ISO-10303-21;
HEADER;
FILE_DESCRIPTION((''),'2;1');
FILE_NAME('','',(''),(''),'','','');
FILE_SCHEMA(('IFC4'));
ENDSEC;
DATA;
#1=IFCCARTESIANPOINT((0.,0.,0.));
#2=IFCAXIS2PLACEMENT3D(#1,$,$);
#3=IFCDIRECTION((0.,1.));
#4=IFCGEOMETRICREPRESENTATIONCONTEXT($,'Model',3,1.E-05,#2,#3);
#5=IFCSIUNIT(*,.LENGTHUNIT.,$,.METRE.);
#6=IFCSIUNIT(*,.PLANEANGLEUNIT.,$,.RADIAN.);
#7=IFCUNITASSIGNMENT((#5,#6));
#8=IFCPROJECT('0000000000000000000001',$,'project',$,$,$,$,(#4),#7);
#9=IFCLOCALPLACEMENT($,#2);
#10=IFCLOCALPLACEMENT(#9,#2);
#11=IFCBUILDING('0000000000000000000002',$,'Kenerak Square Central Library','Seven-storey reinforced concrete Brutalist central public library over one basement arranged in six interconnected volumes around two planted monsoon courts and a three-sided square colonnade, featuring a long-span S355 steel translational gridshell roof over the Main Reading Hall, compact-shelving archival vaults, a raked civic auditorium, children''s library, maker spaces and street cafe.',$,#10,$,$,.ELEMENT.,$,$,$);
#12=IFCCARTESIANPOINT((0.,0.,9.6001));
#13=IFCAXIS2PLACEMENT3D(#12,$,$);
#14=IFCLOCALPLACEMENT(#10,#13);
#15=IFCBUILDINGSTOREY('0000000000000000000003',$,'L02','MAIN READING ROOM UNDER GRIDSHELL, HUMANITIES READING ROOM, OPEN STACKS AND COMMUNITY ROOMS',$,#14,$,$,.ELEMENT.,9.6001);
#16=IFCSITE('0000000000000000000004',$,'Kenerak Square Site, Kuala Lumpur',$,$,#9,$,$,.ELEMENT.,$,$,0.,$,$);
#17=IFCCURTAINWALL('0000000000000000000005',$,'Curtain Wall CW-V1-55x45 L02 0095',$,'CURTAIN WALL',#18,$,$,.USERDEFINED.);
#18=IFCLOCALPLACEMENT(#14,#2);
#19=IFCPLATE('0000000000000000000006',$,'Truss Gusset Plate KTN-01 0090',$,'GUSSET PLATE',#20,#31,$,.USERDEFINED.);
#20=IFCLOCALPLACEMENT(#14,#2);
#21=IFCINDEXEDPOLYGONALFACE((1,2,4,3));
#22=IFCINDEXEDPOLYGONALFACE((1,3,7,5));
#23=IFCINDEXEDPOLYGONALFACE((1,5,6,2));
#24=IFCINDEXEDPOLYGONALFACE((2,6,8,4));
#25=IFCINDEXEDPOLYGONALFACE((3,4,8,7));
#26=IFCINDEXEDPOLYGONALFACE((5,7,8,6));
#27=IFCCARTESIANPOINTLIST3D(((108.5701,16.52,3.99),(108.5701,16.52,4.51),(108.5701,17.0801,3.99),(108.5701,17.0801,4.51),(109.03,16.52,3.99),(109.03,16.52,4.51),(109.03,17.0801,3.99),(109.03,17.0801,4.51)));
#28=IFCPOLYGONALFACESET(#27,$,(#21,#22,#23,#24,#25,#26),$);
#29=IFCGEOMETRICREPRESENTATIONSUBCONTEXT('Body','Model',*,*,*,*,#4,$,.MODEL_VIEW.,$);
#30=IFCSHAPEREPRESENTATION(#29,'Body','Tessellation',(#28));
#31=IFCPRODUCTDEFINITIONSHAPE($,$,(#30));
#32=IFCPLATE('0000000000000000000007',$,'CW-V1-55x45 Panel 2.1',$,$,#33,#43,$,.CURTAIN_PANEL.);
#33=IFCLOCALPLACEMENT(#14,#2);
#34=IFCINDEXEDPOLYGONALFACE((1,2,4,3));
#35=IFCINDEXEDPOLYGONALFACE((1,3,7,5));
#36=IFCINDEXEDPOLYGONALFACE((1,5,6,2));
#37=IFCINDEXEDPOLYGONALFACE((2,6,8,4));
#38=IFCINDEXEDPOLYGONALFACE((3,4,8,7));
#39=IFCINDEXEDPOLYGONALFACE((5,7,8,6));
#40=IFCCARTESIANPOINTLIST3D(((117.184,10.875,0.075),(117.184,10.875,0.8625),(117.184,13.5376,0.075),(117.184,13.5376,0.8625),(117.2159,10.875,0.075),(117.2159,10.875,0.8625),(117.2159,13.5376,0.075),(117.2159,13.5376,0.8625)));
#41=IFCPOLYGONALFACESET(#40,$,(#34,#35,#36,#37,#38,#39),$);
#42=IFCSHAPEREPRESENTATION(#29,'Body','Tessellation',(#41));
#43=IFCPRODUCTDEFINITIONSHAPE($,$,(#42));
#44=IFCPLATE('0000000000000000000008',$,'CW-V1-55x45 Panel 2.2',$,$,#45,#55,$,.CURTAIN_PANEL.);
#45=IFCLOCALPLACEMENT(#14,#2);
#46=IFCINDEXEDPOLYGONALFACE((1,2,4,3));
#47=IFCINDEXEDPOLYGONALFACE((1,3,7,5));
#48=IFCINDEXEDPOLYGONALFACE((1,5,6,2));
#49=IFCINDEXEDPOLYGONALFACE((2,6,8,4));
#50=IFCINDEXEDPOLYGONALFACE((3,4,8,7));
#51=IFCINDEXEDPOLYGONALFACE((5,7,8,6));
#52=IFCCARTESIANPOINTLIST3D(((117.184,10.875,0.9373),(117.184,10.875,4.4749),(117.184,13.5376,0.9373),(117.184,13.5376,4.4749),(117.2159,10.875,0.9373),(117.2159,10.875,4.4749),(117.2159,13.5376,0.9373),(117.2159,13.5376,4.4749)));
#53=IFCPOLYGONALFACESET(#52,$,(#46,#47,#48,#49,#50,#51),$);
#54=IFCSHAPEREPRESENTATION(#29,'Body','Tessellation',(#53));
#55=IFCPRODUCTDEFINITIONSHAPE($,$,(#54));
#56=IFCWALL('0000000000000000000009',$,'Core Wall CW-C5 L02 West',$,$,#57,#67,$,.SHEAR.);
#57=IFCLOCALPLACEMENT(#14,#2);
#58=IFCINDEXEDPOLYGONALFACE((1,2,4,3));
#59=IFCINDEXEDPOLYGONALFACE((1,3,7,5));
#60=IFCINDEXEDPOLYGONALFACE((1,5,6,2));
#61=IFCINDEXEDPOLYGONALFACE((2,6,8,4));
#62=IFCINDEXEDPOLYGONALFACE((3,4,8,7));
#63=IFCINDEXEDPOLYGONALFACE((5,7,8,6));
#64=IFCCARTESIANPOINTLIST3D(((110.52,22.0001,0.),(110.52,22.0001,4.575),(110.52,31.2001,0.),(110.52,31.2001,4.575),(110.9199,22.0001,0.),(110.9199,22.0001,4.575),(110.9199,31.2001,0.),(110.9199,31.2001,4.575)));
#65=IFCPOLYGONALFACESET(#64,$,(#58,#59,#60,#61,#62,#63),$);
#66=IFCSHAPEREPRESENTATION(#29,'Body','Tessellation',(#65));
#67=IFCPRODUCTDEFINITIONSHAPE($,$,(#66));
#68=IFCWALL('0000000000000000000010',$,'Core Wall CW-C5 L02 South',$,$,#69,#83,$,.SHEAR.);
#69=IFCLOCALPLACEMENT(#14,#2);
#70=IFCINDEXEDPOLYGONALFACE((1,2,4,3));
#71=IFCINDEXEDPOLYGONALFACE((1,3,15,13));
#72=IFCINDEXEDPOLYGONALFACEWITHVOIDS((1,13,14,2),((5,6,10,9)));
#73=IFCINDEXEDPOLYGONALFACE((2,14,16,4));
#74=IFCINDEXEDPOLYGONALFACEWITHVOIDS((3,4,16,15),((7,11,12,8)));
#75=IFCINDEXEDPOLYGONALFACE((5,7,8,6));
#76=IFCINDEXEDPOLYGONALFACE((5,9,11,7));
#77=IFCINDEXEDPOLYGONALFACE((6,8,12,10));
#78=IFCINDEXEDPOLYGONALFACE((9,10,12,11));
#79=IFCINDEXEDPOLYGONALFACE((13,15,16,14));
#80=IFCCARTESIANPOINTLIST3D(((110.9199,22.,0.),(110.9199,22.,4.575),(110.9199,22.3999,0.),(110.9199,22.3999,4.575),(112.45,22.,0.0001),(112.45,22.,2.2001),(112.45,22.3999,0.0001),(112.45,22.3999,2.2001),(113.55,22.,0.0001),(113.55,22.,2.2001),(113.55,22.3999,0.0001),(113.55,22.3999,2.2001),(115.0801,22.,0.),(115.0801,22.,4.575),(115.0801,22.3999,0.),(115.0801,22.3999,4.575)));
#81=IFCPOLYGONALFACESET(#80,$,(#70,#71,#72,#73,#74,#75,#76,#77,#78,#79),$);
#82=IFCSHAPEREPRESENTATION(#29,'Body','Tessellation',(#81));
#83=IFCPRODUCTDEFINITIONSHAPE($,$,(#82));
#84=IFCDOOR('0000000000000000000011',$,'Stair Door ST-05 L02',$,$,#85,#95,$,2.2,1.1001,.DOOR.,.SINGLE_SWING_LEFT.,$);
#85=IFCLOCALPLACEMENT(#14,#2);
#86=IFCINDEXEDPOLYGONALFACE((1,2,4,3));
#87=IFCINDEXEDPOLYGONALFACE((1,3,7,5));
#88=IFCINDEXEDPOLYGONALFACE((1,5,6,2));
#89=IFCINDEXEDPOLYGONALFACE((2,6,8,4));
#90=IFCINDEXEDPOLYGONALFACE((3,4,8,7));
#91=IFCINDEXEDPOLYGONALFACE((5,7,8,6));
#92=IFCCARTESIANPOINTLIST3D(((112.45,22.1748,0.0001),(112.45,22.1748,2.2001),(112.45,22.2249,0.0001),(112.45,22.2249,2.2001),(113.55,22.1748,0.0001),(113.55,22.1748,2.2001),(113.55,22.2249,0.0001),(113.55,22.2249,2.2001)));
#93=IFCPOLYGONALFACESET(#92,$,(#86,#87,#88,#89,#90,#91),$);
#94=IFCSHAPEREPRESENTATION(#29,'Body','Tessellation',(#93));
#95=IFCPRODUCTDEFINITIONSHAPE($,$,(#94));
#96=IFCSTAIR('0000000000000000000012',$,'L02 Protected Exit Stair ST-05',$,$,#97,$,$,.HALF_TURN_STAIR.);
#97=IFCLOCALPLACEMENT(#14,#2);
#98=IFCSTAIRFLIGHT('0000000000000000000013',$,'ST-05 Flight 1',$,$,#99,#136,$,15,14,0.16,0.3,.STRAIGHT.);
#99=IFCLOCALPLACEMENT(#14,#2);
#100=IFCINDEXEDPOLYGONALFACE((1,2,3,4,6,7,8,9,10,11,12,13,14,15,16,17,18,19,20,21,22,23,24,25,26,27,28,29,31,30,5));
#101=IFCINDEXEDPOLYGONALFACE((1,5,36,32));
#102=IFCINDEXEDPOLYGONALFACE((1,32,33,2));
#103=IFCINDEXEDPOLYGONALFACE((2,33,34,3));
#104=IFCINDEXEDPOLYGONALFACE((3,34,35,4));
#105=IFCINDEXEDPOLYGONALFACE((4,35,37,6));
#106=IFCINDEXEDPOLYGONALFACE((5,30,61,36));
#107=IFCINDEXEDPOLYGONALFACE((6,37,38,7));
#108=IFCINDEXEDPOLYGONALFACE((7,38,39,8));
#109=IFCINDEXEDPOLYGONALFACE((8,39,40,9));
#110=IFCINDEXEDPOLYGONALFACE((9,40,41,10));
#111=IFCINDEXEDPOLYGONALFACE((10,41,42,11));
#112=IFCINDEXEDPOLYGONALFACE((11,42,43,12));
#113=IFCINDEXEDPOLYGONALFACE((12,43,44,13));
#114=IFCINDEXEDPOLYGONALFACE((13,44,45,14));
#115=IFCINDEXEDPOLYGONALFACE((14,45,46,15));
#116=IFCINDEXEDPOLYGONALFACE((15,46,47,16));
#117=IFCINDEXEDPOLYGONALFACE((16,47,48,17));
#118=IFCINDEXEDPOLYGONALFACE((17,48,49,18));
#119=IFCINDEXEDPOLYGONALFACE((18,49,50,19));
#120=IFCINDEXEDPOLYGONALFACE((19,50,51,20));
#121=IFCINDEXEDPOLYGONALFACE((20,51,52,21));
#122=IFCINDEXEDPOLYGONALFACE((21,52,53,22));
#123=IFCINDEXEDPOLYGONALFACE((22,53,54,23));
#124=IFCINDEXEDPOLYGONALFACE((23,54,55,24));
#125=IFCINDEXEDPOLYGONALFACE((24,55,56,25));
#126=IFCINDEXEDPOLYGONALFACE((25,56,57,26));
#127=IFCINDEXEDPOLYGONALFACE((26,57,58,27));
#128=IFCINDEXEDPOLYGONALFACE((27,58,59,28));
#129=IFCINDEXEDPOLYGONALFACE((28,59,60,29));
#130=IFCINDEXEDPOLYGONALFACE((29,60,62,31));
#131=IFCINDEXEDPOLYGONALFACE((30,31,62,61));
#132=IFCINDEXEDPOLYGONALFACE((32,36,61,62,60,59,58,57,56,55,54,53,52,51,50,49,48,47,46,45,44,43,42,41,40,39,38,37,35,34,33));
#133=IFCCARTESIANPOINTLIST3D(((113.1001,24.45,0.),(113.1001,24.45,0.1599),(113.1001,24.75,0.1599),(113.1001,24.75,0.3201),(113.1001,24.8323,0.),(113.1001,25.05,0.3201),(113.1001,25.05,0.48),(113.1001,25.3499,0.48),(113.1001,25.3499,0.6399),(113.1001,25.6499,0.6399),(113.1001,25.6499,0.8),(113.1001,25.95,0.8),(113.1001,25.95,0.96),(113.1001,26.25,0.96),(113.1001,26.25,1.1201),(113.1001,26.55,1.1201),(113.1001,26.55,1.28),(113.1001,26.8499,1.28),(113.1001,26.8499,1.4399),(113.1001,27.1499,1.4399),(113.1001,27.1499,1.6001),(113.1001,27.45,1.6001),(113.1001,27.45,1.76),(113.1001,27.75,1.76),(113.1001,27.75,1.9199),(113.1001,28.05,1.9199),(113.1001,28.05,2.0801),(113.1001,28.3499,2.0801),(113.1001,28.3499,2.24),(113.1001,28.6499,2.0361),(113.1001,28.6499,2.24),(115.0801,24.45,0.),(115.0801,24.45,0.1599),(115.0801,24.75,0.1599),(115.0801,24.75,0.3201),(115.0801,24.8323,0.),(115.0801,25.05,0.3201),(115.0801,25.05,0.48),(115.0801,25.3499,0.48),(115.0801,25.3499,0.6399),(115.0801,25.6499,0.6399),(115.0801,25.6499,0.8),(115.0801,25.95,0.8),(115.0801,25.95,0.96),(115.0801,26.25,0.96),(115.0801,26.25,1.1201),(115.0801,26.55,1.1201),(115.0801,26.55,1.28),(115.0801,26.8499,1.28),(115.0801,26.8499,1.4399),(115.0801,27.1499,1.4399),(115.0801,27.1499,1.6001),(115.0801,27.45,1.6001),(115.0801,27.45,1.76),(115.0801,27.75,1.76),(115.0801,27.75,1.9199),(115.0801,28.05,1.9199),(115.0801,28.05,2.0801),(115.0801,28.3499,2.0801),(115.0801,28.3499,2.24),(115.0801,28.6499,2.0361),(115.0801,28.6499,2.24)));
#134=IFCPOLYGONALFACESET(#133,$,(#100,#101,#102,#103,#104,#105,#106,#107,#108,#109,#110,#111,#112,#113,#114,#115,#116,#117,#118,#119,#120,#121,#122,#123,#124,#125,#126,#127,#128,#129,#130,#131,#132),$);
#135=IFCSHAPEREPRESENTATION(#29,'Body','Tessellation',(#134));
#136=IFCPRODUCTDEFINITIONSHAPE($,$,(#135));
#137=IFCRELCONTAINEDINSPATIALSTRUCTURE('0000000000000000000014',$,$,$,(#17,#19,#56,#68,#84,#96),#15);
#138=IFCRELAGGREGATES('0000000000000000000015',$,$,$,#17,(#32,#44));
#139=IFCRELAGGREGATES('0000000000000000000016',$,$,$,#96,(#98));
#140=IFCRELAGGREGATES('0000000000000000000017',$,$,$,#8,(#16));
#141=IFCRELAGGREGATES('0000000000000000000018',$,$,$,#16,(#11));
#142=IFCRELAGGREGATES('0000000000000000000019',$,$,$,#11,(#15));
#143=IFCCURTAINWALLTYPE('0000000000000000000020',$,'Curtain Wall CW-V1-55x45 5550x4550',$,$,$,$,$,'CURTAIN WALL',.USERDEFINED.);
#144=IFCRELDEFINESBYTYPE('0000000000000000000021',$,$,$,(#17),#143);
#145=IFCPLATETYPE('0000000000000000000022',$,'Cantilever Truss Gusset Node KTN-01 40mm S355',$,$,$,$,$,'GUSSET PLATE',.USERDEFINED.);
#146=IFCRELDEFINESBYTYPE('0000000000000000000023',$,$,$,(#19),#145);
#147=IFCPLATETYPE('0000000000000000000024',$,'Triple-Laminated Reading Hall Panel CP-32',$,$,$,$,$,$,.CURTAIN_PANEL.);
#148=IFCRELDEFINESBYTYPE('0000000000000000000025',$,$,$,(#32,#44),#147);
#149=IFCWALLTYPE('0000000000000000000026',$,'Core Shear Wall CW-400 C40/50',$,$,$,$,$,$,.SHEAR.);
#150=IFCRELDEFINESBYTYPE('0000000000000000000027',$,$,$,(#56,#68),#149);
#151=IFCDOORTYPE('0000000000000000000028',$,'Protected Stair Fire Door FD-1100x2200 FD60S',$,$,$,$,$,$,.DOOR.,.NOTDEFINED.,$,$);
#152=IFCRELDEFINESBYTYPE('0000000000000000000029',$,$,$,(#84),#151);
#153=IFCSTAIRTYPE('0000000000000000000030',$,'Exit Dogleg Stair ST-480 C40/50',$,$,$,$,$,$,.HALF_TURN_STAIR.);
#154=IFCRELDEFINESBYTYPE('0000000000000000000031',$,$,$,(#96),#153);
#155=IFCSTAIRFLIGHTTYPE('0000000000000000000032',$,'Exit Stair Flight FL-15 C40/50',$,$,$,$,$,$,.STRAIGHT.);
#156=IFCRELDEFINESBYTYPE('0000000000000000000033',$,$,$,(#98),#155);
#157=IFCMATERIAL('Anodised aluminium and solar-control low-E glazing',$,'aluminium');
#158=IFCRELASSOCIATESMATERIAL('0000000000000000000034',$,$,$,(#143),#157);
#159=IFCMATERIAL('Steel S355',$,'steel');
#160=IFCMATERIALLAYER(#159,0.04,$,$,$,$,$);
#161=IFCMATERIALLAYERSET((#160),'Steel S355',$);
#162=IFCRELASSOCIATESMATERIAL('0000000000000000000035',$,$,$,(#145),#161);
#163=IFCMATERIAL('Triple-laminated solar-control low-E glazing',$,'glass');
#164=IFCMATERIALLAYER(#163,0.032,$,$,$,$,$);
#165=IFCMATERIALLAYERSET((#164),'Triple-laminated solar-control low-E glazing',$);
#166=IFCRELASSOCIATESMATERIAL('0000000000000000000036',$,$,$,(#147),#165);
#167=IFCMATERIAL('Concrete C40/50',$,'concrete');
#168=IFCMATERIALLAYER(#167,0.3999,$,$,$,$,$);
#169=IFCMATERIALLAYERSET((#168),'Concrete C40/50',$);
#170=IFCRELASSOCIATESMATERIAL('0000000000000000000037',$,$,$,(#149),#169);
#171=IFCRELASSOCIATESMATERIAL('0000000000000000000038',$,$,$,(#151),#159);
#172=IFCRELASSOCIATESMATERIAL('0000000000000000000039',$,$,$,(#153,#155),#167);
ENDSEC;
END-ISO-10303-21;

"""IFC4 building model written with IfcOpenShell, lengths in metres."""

from ifc_helpers import new_model, si_unit, direction, frame, frame_2d, origin, origin_2d, place, context, subcontext, project, spatial, polyline, rectangle, outline, extrude, material, layer, layer_set, type_object, element, fill, aggregate, save


model = new_model("IFC4")

# Units and contexts
model_context = context("Model", 3, precision=1e-05, world=origin(), true_north=direction((0.0, 1.0)))
body_context = subcontext(model_context, "Body", "Model", "MODEL_VIEW")
ifc_project = project(units=[si_unit("LENGTHUNIT", "METRE"), si_unit("PLANEANGLEUNIT", "RADIAN")], contexts=[model_context])

# Site, building, storey
site_placement = place(None, origin())
site = spatial("IfcSite", under=ifc_project, at=site_placement, Name="Kenerak Square Site, Kuala Lumpur", CompositionType="ELEMENT", RefElevation=0.0)
building_placement = place(site_placement, origin())
building = spatial("IfcBuilding", under=site, at=building_placement, Name="Kenerak Square Central Library", Description="Seven-storey reinforced concrete Brutalist central public library over one basement arranged in six interconnected volumes around two planted monsoon courts and a three-sided square colonnade, featuring a long-span S355 steel translational gridshell roof over the Main Reading Hall, compact-shelving archival vaults, a raked civic auditorium, children's library, maker spaces and street cafe.", CompositionType="ELEMENT")
storey_placement = place(building_placement, frame((0.0, 0.0, 9.6001)))
storey = spatial("IfcBuildingStorey", under=building, at=storey_placement, Name="L02", Description="MAIN READING ROOM UNDER GRIDSHELL, HUMANITIES READING ROOM, OPEN STACKS AND COMMUNITY ROOMS", CompositionType="ELEMENT", Elevation=9.6001)

# Curtain wall
ifc_material_1 = material(Name="Anodised aluminium and solar-control low-E glazing", Category="aluminium")
curtain_wall_type = type_object("IfcCurtainWallType", Name="Curtain Wall CW-V1-55x45 5550x4550", ElementType="CURTAIN WALL", PredefinedType="USERDEFINED", material=ifc_material_1)
curtain_wall_placement = place(storey_placement, origin())
curtain_wall = element("IfcCurtainWall", 1, at=curtain_wall_placement, inside=storey, type_object=curtain_wall_type, Name="Curtain Wall CW-V1-55x45 L02 0095", ObjectType="CURTAIN WALL", PredefinedType="USERDEFINED")

# Shared definitions
ifc_material_2 = material(Name="Concrete C40/50", Category="concrete")

# Plate
ifc_material_3 = material(Name="Steel S355", Category="steel")
ifc_layer_1 = layer(ifc_material_3, 0.04)
ifc_layer_set_1 = layer_set([ifc_layer_1], Name="Steel S355")
plate_type_1 = type_object("IfcPlateType", Name="Cantilever Truss Gusset Node KTN-01 40mm S355", ElementType="GUSSET PLATE", PredefinedType="USERDEFINED", material=ifc_layer_set_1)
for number, where, z_axis, x_axis, name in (
    (2, (108.8, 16.8, 3.99), (0.0, 0.0, 1.0), (1.0, 0.0, 0.0), "Truss Gusset Plate KTN-01 0090"),
):
    element("IfcPlate", number, at=place(storey_placement, frame(where, z_axis=z_axis, x_axis=x_axis)), inside=storey, type_object=plate_type_1, Name=name, ObjectType="GUSSET PLATE", PredefinedType="USERDEFINED", context=body_context, shape_type="SweptSolid", body=[
        extrude(rectangle(XDim=0.46, YDim=0.5601, at=origin_2d()), origin(), (0.0, 0.0, 1.0), 0.52),
    ])

# Plates
ifc_material_4 = material(Name="Triple-laminated solar-control low-E glazing", Category="glass")
ifc_layer_2 = layer(ifc_material_4, 0.032)
ifc_layer_set_2 = layer_set([ifc_layer_2], Name="Triple-laminated solar-control low-E glazing")
plate_type_2 = type_object("IfcPlateType", Name="Triple-Laminated Reading Hall Panel CP-32", PredefinedType="CURTAIN_PANEL", material=ifc_layer_set_2)
plate_1_placement = place(storey_placement, frame((117.2, 12.2063, 0.075), z_axis=(0.0, 0.0, 1.0), x_axis=(0.0, -1.0, 0.0)))
plate_1 = element("IfcPlate", 3, at=plate_1_placement, type_object=plate_type_2, Name="CW-V1-55x45 Panel 2.1", PredefinedType="CURTAIN_PANEL", context=body_context, shape_type="SweptSolid", body=[
    extrude(rectangle(XDim=2.6626, YDim=0.032, at=origin_2d()), origin(), (0.0, 0.0, 1.0), 0.7876),
])
plate_2_placement = place(storey_placement, frame((117.2, 12.2063, 0.9373), z_axis=(0.0, 0.0, 1.0), x_axis=(0.0, -1.0, 0.0)))
plate_2 = element("IfcPlate", 4, at=plate_2_placement, type_object=plate_type_2, Name="CW-V1-55x45 Panel 2.2", PredefinedType="CURTAIN_PANEL", context=body_context, shape_type="SweptSolid", body=[
    extrude(rectangle(XDim=2.6626, YDim=0.032, at=origin_2d()), origin(), (0.0, 0.0, 1.0), 3.5376),
])
aggregate(curtain_wall, [plate_1, plate_2])

# Wall
ifc_layer_3 = layer(ifc_material_2, 0.3999)
ifc_layer_set_3 = layer_set([ifc_layer_3], Name="Concrete C40/50")
wall_type = type_object("IfcWallType", Name="Core Shear Wall CW-400 C40/50", PredefinedType="SHEAR", material=ifc_layer_set_3)
wall_1_placement = place(storey_placement, frame((110.72, 22.0, 0.0), z_axis=(0.0, 0.0, 1.0), x_axis=(0.0, 1.0, 0.0)))
element("IfcWall", 5, at=wall_1_placement, inside=storey, type_object=wall_type, Name="Core Wall CW-C5 L02 West", PredefinedType="SHEAR", context=body_context, shape_type="SweptSolid", body=[
    extrude(rectangle(XDim=9.2, YDim=0.3999, at=frame_2d((4.6001, 0.0))), origin(), (0.0, 0.0, 1.0), 4.575),
])

# Wall, opening, door
wall_2_placement = place(storey_placement, frame((115.0801, 22.2, 0.0), z_axis=(0.0, 0.0, 1.0), x_axis=(-1.0, 0.0, 0.0)))
wall_2 = element("IfcWall", 6, at=wall_2_placement, inside=storey, type_object=wall_type, Name="Core Wall CW-C5 L02 South", PredefinedType="SHEAR", context=body_context, shape_type="SweptSolid", body=[
    extrude(rectangle(XDim=4.1602, YDim=0.3999, at=frame_2d((2.0801, 0.0))), origin(), (0.0, 0.0, 1.0), 4.575),
])
opening_placement = place(wall_2_placement, frame((1.53, 0.0, 0.0)))
opening = element("IfcOpeningElement", 7, at=opening_placement, cuts=wall_2, PredefinedType="OPENING", context=body_context, shape_type="SweptSolid", body=[
    extrude(rectangle(XDim=1.1001, YDim=2.2, at=frame_2d((0.55, 1.1001))), frame((0.0, 0.21, 0.0), z_axis=(0.0, -1.0, 0.0), x_axis=(1.0, 0.0, 0.0)), (0.0, 0.0, 1.0), 0.4199),
])
door_type = type_object("IfcDoorType", Name="Protected Stair Fire Door FD-1100x2200 FD60S", OperationType="NOTDEFINED", PredefinedType="DOOR", material=ifc_material_3)
door_placement = place(opening_placement, frame((1.1001, 0.0, 0.0), z_axis=(0.0, 0.0, 1.0), x_axis=(-1.0, 0.0, 0.0)))
door = element("IfcDoor", 8, at=door_placement, inside=storey, type_object=door_type, Name="Stair Door ST-05 L02", OperationType="SINGLE_SWING_LEFT", OverallHeight=2.2, OverallWidth=1.1001, PredefinedType="DOOR", context=body_context, shape_type="SweptSolid", body=[
    extrude(rectangle(XDim=1.1001, YDim=2.2, at=frame_2d((0.55, 1.1001))), frame((0.0, 0.0249, 0.0), z_axis=(0.0, -1.0, 0.0), x_axis=(1.0, 0.0, 0.0)), (0.0, 0.0, 1.0), 0.05),
])
fill(opening, door)

# Stair, stair flight
stair_type = type_object("IfcStairType", Name="Exit Dogleg Stair ST-480 C40/50", PredefinedType="HALF_TURN_STAIR", material=ifc_material_2)
stair_placement = place(storey_placement, origin())
stair = element("IfcStair", 9, at=stair_placement, inside=storey, type_object=stair_type, Name="L02 Protected Exit Stair ST-05", PredefinedType="HALF_TURN_STAIR")
stair_flight_type = type_object("IfcStairFlightType", Name="Exit Stair Flight FL-15 C40/50", PredefinedType="STRAIGHT", material=ifc_material_2)
stair_flight_placement = place(storey_placement, frame((114.0901, 24.45, 0.0), z_axis=(0.0, 0.0, 1.0), x_axis=(0.0, 1.0, 0.0)))
stair_flight = element("IfcStairFlight", 10, at=stair_flight_placement, type_object=stair_flight_type, Name="ST-05 Flight 1", NumberOfRisers=15, NumberOfTreads=14, PredefinedType="STRAIGHT", RiserHeight=0.16, TreadLength=0.3, context=body_context, shape_type="SweptSolid", body=[
    extrude(outline(polyline([(0.0, 0.0), (0.0, 0.1599), (0.3, 0.1599), (0.3, 0.3201), (0.6001, 0.3201), (0.6001, 0.48), (0.8999, 0.48), (0.8999, 0.6399), (1.2, 0.6399), (1.2, 0.8), (1.5, 0.8), (1.5, 0.96), (1.8, 0.96), (1.8, 1.1201), (2.1001, 1.1201), (2.1001, 1.28), (2.3999, 1.28), (2.3999, 1.4399), (2.7, 1.4399), (2.7, 1.6001), (3.0, 1.6001), (3.0, 1.76), (3.3, 1.76), (3.3, 1.9199), (3.6001, 1.9199), (3.6001, 2.0801), (3.8999, 2.0801), (3.8999, 2.24), (4.2, 2.24), (4.2, 2.3999), (4.2, 2.0361), (0.3823, 0.0), (0.0, 0.0)])), frame((0.0, 0.99, 0.0), z_axis=(0.0, -1.0, 0.0), x_axis=(1.0, 0.0, 0.0)), (0.0, 0.0, 1.0), 1.98),
])
aggregate(stair, [stair_flight])

save(model, "model.ifc")
